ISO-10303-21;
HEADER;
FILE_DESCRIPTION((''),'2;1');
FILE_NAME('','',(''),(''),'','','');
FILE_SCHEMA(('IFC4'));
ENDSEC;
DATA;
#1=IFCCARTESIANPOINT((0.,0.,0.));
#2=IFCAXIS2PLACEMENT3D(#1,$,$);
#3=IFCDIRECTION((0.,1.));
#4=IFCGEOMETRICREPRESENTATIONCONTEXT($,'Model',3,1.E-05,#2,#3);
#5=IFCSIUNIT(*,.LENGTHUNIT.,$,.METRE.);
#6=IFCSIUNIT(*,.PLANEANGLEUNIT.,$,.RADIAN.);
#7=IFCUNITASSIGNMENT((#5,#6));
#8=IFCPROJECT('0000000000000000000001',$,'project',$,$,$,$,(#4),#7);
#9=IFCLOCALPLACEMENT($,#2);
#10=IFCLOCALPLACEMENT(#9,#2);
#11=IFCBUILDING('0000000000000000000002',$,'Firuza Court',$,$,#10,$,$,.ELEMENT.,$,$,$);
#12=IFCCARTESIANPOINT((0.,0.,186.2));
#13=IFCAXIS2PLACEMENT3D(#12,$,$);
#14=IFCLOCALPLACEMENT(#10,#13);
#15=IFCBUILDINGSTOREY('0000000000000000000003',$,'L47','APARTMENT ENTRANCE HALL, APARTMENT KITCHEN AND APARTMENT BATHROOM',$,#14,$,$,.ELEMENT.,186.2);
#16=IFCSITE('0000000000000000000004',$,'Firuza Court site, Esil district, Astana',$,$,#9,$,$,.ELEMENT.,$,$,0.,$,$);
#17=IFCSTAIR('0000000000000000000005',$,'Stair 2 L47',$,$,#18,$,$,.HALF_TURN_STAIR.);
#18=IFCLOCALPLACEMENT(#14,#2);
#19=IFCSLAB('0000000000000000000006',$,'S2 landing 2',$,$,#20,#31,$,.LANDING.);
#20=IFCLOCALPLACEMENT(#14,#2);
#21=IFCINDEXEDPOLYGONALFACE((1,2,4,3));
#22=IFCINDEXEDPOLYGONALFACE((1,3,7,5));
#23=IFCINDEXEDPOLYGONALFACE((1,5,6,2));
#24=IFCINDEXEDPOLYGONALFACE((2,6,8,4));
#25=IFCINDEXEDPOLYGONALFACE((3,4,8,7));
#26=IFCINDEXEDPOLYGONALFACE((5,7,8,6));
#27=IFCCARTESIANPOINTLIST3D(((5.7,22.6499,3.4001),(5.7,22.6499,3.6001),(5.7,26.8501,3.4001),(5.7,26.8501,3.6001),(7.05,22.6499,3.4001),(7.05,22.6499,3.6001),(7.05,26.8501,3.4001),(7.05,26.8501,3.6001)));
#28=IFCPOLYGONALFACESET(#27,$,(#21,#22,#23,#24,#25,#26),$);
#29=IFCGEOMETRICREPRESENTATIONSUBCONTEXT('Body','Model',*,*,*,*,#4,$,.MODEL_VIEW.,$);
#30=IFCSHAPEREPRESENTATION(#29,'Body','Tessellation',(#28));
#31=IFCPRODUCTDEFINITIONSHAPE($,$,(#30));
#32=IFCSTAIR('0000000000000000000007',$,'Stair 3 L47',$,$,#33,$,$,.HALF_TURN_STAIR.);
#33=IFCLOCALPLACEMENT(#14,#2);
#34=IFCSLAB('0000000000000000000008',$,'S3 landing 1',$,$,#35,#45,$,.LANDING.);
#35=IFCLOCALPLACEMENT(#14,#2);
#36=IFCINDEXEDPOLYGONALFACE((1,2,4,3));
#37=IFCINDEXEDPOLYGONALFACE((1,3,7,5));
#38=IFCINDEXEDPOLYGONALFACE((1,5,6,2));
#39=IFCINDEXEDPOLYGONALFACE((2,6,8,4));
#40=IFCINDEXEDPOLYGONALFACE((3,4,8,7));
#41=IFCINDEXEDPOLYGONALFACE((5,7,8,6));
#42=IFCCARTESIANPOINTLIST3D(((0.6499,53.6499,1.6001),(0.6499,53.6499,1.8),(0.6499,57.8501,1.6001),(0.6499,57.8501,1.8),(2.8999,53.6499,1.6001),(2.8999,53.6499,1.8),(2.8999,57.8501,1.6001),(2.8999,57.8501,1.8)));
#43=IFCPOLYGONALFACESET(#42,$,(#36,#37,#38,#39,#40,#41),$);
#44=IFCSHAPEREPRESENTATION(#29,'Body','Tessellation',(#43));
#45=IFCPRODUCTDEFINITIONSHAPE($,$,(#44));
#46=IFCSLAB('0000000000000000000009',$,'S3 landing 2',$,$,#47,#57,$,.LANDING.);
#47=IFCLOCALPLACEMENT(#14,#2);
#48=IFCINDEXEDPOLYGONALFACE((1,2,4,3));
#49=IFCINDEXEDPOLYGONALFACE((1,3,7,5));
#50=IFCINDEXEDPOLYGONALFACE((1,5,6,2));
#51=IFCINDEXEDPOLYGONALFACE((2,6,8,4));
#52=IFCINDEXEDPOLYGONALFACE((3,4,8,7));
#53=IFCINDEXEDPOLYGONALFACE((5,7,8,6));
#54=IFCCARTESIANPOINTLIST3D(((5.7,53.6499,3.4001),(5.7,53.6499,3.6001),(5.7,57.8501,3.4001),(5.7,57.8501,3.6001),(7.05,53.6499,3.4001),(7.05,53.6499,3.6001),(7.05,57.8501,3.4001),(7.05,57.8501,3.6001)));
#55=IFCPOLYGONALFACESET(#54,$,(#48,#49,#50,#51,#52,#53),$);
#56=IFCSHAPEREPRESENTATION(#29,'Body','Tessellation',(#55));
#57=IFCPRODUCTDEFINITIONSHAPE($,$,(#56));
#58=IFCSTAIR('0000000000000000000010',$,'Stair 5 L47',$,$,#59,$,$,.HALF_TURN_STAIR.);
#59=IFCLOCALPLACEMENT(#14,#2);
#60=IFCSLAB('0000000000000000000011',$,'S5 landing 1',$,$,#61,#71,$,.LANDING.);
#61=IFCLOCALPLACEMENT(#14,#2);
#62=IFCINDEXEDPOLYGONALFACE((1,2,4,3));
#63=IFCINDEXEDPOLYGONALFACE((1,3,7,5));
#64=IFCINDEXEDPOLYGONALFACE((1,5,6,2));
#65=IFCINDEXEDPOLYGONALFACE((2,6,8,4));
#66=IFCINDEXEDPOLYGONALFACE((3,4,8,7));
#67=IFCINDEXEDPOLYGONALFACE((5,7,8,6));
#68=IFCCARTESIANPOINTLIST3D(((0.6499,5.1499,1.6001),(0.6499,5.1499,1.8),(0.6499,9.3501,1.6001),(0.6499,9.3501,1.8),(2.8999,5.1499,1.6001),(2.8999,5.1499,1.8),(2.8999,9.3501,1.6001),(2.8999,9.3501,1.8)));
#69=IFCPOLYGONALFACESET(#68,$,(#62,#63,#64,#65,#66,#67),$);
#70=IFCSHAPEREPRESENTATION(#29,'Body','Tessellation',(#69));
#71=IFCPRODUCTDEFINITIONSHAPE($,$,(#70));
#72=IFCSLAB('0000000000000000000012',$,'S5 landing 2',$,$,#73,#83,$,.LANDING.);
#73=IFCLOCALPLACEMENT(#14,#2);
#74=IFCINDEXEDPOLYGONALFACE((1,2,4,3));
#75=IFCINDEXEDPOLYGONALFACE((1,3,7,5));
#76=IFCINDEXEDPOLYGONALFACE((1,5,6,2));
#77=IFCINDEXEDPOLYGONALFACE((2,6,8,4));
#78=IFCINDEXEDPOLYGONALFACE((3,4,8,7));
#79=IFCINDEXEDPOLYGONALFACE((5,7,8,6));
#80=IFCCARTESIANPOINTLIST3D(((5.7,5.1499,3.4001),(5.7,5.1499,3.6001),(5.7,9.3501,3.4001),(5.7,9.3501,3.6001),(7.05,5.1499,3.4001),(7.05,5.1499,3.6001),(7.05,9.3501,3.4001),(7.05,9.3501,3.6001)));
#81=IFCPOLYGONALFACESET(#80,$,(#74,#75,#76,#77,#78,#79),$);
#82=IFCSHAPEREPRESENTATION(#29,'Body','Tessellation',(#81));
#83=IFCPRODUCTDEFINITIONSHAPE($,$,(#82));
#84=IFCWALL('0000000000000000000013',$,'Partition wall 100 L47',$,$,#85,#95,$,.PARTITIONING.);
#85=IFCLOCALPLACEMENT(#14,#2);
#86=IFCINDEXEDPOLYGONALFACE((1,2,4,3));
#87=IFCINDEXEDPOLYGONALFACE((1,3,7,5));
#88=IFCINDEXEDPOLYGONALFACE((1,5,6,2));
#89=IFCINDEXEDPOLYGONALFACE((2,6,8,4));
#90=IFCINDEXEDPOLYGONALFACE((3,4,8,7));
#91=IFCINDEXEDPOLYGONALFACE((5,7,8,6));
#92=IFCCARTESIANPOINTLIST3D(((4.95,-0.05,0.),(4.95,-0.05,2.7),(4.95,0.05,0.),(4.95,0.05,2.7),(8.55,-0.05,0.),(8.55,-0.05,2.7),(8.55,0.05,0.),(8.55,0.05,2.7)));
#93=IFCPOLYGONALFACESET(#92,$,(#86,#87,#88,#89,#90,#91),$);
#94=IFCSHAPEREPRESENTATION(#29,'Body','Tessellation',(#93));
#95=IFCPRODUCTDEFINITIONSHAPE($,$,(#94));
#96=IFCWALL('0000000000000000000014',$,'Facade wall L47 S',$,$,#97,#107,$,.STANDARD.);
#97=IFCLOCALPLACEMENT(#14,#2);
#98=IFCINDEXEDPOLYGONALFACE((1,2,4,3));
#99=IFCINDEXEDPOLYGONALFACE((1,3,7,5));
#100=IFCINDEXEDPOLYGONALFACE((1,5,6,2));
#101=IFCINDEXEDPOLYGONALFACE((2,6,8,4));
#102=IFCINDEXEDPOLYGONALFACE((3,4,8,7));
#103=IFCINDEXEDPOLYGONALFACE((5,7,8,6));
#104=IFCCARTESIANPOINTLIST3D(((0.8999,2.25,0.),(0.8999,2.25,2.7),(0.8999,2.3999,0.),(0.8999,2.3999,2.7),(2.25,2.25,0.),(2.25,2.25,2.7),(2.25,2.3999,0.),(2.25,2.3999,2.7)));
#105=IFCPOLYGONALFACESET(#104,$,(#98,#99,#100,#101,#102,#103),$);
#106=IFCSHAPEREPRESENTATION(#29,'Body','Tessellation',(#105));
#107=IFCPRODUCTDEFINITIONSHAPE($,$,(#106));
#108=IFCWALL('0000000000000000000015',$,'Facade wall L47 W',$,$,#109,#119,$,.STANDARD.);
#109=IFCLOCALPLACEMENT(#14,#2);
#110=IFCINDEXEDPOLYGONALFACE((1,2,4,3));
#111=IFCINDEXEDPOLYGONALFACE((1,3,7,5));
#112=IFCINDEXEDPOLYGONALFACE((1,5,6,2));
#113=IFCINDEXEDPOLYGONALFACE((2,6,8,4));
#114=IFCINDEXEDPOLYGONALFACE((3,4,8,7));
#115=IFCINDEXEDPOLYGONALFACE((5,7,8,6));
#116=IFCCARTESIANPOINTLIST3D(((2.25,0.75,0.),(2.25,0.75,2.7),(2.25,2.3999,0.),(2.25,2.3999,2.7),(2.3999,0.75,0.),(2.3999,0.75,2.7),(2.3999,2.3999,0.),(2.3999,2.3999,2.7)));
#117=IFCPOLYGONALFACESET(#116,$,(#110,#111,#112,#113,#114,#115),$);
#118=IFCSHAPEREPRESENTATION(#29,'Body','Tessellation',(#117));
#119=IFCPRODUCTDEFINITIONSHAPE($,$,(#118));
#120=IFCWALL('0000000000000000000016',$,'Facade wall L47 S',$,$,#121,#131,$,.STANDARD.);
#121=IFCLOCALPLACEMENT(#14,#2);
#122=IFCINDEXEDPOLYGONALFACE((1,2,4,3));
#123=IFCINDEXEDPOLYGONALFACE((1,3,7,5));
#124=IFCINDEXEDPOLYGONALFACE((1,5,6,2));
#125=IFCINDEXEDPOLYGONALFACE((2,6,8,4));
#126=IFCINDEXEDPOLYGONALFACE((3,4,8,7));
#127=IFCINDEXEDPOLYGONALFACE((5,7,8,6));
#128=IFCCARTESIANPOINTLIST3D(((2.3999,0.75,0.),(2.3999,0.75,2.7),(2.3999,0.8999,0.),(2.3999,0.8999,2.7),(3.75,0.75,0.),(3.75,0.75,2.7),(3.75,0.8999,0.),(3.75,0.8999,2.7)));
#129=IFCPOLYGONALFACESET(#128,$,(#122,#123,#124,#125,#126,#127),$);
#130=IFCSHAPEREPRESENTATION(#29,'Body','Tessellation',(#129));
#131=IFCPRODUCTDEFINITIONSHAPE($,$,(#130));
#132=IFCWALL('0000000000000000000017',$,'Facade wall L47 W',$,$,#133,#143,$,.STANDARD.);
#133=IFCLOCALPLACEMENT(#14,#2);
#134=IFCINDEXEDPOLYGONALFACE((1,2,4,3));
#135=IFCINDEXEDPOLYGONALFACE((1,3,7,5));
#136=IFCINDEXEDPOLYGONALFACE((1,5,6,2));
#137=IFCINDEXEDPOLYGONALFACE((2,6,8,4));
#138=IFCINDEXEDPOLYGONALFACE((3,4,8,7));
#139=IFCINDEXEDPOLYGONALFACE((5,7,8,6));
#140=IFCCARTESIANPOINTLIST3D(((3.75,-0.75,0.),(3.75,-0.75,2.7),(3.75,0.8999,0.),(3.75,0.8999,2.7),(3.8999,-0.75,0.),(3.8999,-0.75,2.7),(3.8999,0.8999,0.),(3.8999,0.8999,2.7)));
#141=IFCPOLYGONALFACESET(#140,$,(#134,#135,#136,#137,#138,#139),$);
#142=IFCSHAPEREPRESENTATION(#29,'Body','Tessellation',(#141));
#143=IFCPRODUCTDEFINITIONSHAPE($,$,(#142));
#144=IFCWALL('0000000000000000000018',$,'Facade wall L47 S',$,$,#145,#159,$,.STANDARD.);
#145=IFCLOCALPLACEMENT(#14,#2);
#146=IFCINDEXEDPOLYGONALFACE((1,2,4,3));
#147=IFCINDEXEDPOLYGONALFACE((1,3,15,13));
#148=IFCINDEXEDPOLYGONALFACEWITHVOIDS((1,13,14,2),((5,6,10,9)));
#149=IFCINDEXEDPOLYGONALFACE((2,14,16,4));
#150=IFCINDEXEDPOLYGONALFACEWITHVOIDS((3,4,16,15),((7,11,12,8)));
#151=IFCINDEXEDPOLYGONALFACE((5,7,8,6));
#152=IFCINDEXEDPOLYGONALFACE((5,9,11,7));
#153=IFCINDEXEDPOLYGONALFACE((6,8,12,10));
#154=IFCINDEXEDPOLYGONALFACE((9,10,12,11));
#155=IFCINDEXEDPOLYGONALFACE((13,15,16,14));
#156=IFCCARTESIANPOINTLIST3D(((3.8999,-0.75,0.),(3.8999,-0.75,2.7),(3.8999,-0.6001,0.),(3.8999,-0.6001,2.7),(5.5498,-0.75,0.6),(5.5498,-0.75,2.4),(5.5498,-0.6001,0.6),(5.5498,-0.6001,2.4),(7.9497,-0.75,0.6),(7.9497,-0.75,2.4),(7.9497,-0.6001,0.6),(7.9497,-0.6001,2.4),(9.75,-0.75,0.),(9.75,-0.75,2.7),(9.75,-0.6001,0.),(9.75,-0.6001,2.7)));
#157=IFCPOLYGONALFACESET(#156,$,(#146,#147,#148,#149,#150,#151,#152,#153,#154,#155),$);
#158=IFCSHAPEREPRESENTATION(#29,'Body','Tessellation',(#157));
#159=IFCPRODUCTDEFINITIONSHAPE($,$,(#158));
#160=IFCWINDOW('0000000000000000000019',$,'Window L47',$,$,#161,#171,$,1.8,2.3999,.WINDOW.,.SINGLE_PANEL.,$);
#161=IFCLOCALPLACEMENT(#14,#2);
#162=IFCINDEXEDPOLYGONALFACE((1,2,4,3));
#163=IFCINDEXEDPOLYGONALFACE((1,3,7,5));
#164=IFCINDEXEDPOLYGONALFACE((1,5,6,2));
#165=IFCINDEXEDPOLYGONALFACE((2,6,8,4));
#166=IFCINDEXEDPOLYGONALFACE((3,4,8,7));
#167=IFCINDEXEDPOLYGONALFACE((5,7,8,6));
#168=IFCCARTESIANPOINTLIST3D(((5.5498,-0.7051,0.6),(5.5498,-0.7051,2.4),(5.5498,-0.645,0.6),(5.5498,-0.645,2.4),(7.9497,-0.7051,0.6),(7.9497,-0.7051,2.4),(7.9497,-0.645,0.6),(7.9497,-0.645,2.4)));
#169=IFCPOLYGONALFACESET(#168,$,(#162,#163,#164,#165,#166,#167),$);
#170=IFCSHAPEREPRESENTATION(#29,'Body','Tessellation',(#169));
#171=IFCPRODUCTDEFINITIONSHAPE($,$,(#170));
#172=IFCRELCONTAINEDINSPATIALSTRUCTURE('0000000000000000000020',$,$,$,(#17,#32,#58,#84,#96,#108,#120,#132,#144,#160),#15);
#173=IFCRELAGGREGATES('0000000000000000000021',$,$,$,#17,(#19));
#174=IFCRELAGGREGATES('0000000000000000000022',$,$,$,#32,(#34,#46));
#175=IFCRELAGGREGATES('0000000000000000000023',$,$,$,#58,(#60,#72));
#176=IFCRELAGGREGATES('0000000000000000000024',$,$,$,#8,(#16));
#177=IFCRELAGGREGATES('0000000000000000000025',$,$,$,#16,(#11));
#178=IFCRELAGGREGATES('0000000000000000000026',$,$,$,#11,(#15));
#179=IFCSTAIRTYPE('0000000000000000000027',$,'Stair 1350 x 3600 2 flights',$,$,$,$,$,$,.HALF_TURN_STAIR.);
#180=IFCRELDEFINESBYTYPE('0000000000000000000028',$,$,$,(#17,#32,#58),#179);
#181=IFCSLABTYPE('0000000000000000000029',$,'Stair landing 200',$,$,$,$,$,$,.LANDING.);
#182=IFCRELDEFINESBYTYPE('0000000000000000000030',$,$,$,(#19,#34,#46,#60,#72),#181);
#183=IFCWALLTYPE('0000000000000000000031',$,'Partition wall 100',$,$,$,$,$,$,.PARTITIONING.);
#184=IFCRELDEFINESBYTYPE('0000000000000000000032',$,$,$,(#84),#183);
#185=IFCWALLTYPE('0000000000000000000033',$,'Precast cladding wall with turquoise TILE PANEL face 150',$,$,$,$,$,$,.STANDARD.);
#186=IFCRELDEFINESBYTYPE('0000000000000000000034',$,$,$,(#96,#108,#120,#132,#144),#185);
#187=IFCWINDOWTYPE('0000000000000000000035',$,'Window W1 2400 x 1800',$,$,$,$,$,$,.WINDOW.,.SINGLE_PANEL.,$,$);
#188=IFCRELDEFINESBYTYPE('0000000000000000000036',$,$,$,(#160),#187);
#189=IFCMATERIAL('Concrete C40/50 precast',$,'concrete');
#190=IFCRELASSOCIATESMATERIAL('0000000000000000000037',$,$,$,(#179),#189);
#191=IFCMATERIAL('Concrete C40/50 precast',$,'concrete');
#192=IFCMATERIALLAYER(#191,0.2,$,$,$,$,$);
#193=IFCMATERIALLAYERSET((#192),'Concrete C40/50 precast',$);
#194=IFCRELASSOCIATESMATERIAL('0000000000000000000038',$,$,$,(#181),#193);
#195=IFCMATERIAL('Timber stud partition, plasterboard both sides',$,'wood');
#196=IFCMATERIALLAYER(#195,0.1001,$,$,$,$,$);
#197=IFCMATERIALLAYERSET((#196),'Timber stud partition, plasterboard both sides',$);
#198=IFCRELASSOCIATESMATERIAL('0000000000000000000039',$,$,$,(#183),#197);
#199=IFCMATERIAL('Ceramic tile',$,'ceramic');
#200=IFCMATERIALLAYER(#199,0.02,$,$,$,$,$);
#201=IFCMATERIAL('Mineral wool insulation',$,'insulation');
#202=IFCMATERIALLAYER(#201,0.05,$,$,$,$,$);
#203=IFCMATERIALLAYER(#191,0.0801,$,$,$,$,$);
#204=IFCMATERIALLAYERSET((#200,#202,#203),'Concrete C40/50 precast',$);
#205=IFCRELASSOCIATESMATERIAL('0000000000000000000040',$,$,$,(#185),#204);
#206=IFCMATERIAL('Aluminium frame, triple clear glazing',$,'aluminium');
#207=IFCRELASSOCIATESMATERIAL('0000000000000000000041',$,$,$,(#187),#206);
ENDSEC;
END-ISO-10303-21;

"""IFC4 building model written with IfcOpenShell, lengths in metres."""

from ifc_helpers import new_model, si_unit, direction, frame, frame_2d, origin, place, context, subcontext, project, spatial, polyline, rectangle, outline, extrude, material, layer, layer_set, type_object, element, fill, aggregate, save


model = new_model("IFC4")

# Units and contexts
model_context = context("Model", 3, precision=1e-05, world=origin(), true_north=direction((0.0, 1.0)))
body_context = subcontext(model_context, "Body", "Model", "MODEL_VIEW")
ifc_project = project(units=[si_unit("LENGTHUNIT", "METRE"), si_unit("PLANEANGLEUNIT", "RADIAN")], contexts=[model_context])

# Site, building, storey
site_placement = place(None, origin())
site = spatial("IfcSite", under=ifc_project, at=site_placement, Name="Firuza Court site, Esil district, Astana", CompositionType="ELEMENT", RefElevation=0.0)
building_placement = place(site_placement, origin())
building = spatial("IfcBuilding", under=site, at=building_placement, Name="Firuza Court", CompositionType="ELEMENT")
storey_placement = place(building_placement, frame((0.0, 0.0, 186.2)))
storey = spatial("IfcBuildingStorey", under=building, at=storey_placement, Name="L47", Description="APARTMENT ENTRANCE HALL, APARTMENT KITCHEN AND APARTMENT BATHROOM", CompositionType="ELEMENT", Elevation=186.2)

# Stairs, slabs
ifc_material_1 = material(Name="Concrete C40/50 precast", Category="concrete")
stair_type = type_object("IfcStairType", Name="Stair 1350 x 3600 2 flights", PredefinedType="HALF_TURN_STAIR", material=ifc_material_1)
ifc_material_2 = material(Name="Concrete C40/50 precast", Category="concrete")
ifc_layer_1 = layer(ifc_material_2, 0.2)
ifc_layer_set_1 = layer_set([ifc_layer_1], Name="Concrete C40/50 precast")
slab_type_1 = type_object("IfcSlabType", Name="Stair landing 200", PredefinedType="LANDING", material=ifc_layer_set_1)
stair_1_placement = place(storey_placement, origin())
stair_1 = element("IfcStair", 1, at=stair_1_placement, inside=storey, type_object=stair_type, Name="Stair 2 L47", PredefinedType="HALF_TURN_STAIR")
slab_1_placement = place(storey_placement, frame((0.0, 0.0, 3.4001)))
slab_1 = element("IfcSlab", 2, at=slab_1_placement, type_object=slab_type_1, Name="S2 landing 2", PredefinedType="LANDING", context=body_context, shape_type="SweptSolid", body=[
    extrude(outline(polyline([(7.05, 22.6499), (7.05, 26.8501), (5.7, 26.8501), (5.7, 22.6499), (7.05, 22.6499)])), origin(), (0.0, 0.0, 1.0), 0.2),
])
aggregate(stair_1, [slab_1])
stair_2_placement = place(storey_placement, origin())
stair_2 = element("IfcStair", 3, at=stair_2_placement, inside=storey, type_object=stair_type, Name="Stair 3 L47", PredefinedType="HALF_TURN_STAIR")
slab_2_placement = place(storey_placement, frame((0.0, 0.0, 1.6001)))
slab_2 = element("IfcSlab", 4, at=slab_2_placement, type_object=slab_type_1, Name="S3 landing 1", PredefinedType="LANDING", context=body_context, shape_type="SweptSolid", body=[
    extrude(outline(polyline([(2.8999, 53.6499), (2.8999, 57.8501), (0.6499, 57.8501), (0.6499, 53.6499), (2.8999, 53.6499)])), origin(), (0.0, 0.0, 1.0), 0.2),
])
slab_3_placement = place(storey_placement, frame((0.0, 0.0, 3.4001)))
slab_3 = element("IfcSlab", 5, at=slab_3_placement, type_object=slab_type_1, Name="S3 landing 2", PredefinedType="LANDING", context=body_context, shape_type="SweptSolid", body=[
    extrude(outline(polyline([(7.05, 53.6499), (7.05, 57.8501), (5.7, 57.8501), (5.7, 53.6499), (7.05, 53.6499)])), origin(), (0.0, 0.0, 1.0), 0.2),
])
aggregate(stair_2, [slab_2, slab_3])
stair_3_placement = place(storey_placement, origin())
stair_3 = element("IfcStair", 6, at=stair_3_placement, inside=storey, type_object=stair_type, Name="Stair 5 L47", PredefinedType="HALF_TURN_STAIR")
slab_4_placement = place(storey_placement, frame((0.0, 0.0, 1.6001)))
slab_4 = element("IfcSlab", 7, at=slab_4_placement, type_object=slab_type_1, Name="S5 landing 1", PredefinedType="LANDING", context=body_context, shape_type="SweptSolid", body=[
    extrude(outline(polyline([(2.8999, 5.1499), (2.8999, 9.3501), (0.6499, 9.3501), (0.6499, 5.1499), (2.8999, 5.1499)])), origin(), (0.0, 0.0, 1.0), 0.2),
])
slab_5_placement = place(storey_placement, frame((0.0, 0.0, 3.4001)))
slab_5 = element("IfcSlab", 8, at=slab_5_placement, type_object=slab_type_1, Name="S5 landing 2", PredefinedType="LANDING", context=body_context, shape_type="SweptSolid", body=[
    extrude(outline(polyline([(7.05, 5.1499), (7.05, 9.3501), (5.7, 9.3501), (5.7, 5.1499), (7.05, 5.1499)])), origin(), (0.0, 0.0, 1.0), 0.2),
])
aggregate(stair_3, [slab_4, slab_5])

# Walls
ifc_material_3 = material(Name="Timber stud partition, plasterboard both sides", Category="wood")
ifc_layer_2 = layer(ifc_material_3, 0.1001)
ifc_layer_set_2 = layer_set([ifc_layer_2], Name="Timber stud partition, plasterboard both sides")
wall_type_1 = type_object("IfcWallType", Name="Partition wall 100", PredefinedType="PARTITIONING", material=ifc_layer_set_2)
wall_1_placement = place(storey_placement, frame((4.95, 0.0, 0.0), z_axis=(0.0, 0.0, 1.0), x_axis=(1.0, 0.0, 0.0)))
element("IfcWall", 9, at=wall_1_placement, inside=storey, type_object=wall_type_1, Name="Partition wall 100 L47", PredefinedType="PARTITIONING", context=body_context, shape_type="SweptSolid", body=[
    extrude(rectangle(XDim=3.6001, YDim=0.1001, at=frame_2d((1.8, 0.0))), origin(), (0.0, 0.0, 1.0), 2.7),
])
ifc_material_4 = material(Name="Ceramic tile", Category="ceramic")
ifc_layer_3 = layer(ifc_material_4, 0.02)
ifc_material_5 = material(Name="Mineral wool insulation", Category="insulation")
ifc_layer_4 = layer(ifc_material_5, 0.05)
ifc_layer_5 = layer(ifc_material_2, 0.0801)
ifc_layer_set_3 = layer_set([ifc_layer_3, ifc_layer_4, ifc_layer_5], Name="Concrete C40/50 precast")
wall_type_2 = type_object("IfcWallType", Name="Precast cladding wall with turquoise TILE PANEL face 150", PredefinedType="STANDARD", material=ifc_layer_set_3)
wall_2_placement = place(storey_placement, frame((0.8999, 2.325, 0.0), z_axis=(0.0, 0.0, 1.0), x_axis=(1.0, 0.0, 0.0)))
element("IfcWall", 10, at=wall_2_placement, inside=storey, type_object=wall_type_2, Name="Facade wall L47 S", PredefinedType="STANDARD", context=body_context, shape_type="SweptSolid", body=[
    extrude(rectangle(XDim=1.3501, YDim=0.1499, at=frame_2d((0.675, 0.0))), origin(), (0.0, 0.0, 1.0), 2.7),
])
wall_3_placement = place(storey_placement, frame((2.325, 2.3999, 0.0), z_axis=(0.0, 0.0, 1.0), x_axis=(0.0, -1.0, 0.0)))
element("IfcWall", 11, at=wall_3_placement, inside=storey, type_object=wall_type_2, Name="Facade wall L47 W", PredefinedType="STANDARD", context=body_context, shape_type="SweptSolid", body=[
    extrude(rectangle(XDim=1.6499, YDim=0.1499, at=frame_2d((0.825, 0.0))), origin(), (0.0, 0.0, 1.0), 2.7),
])
wall_4_placement = place(storey_placement, frame((2.3999, 0.825, 0.0), z_axis=(0.0, 0.0, 1.0), x_axis=(1.0, 0.0, 0.0)))
element("IfcWall", 12, at=wall_4_placement, inside=storey, type_object=wall_type_2, Name="Facade wall L47 S", PredefinedType="STANDARD", context=body_context, shape_type="SweptSolid", body=[
    extrude(rectangle(XDim=1.3501, YDim=0.1499, at=frame_2d((0.675, 0.0))), origin(), (0.0, 0.0, 1.0), 2.7),
])
wall_5_placement = place(storey_placement, frame((3.825, 0.8999, 0.0), z_axis=(0.0, 0.0, 1.0), x_axis=(0.0, -1.0, 0.0)))
element("IfcWall", 13, at=wall_5_placement, inside=storey, type_object=wall_type_2, Name="Facade wall L47 W", PredefinedType="STANDARD", context=body_context, shape_type="SweptSolid", body=[
    extrude(rectangle(XDim=1.6499, YDim=0.1499, at=frame_2d((0.825, 0.0))), origin(), (0.0, 0.0, 1.0), 2.7),
])

# Wall, opening, window
wall_6_placement = place(storey_placement, frame((3.8999, -0.675, 0.0), z_axis=(0.0, 0.0, 1.0), x_axis=(1.0, 0.0, 0.0)))
wall_6 = element("IfcWall", 14, at=wall_6_placement, inside=storey, type_object=wall_type_2, Name="Facade wall L47 S", PredefinedType="STANDARD", context=body_context, shape_type="SweptSolid", body=[
    extrude(rectangle(XDim=5.8501, YDim=0.1499, at=frame_2d((2.925, 0.0))), origin(), (0.0, 0.0, 1.0), 2.7),
])
opening_placement = place(wall_6_placement, frame((1.6499, 0.0, 0.6001)))
opening = element("IfcOpeningElement", 15, at=opening_placement, cuts=wall_6, PredefinedType="OPENING", context=body_context, shape_type="SweptSolid", body=[
    extrude(rectangle(XDim=2.3999, YDim=1.8, at=frame_2d((1.2, 0.8999))), frame((0.0, 0.0869, 0.0), z_axis=(0.0, -1.0, 0.0), x_axis=(1.0, 0.0, 0.0)), (0.0, 0.0, 1.0), 0.1738),
])
ifc_material_6 = material(Name="Aluminium frame, triple clear glazing", Category="aluminium")
window_type = type_object("IfcWindowType", Name="Window W1 2400 x 1800", PartitioningType="SINGLE_PANEL", PredefinedType="WINDOW", material=ifc_material_6)
window_placement = place(opening_placement, origin())
window = element("IfcWindow", 16, at=window_placement, inside=storey, type_object=window_type, Name="Window L47", OverallHeight=1.8, OverallWidth=2.3999, PartitioningType="SINGLE_PANEL", PredefinedType="WINDOW", context=body_context, shape_type="SweptSolid", body=[
    extrude(rectangle(XDim=2.3999, YDim=1.8, at=frame_2d((1.2, 0.8999))), frame((0.0, 0.03, 0.0), z_axis=(0.0, -1.0, 0.0), x_axis=(1.0, 0.0, 0.0)), (0.0, 0.0, 1.0), 0.0601),
])
fill(opening, window)

save(model, "model.ifc")
